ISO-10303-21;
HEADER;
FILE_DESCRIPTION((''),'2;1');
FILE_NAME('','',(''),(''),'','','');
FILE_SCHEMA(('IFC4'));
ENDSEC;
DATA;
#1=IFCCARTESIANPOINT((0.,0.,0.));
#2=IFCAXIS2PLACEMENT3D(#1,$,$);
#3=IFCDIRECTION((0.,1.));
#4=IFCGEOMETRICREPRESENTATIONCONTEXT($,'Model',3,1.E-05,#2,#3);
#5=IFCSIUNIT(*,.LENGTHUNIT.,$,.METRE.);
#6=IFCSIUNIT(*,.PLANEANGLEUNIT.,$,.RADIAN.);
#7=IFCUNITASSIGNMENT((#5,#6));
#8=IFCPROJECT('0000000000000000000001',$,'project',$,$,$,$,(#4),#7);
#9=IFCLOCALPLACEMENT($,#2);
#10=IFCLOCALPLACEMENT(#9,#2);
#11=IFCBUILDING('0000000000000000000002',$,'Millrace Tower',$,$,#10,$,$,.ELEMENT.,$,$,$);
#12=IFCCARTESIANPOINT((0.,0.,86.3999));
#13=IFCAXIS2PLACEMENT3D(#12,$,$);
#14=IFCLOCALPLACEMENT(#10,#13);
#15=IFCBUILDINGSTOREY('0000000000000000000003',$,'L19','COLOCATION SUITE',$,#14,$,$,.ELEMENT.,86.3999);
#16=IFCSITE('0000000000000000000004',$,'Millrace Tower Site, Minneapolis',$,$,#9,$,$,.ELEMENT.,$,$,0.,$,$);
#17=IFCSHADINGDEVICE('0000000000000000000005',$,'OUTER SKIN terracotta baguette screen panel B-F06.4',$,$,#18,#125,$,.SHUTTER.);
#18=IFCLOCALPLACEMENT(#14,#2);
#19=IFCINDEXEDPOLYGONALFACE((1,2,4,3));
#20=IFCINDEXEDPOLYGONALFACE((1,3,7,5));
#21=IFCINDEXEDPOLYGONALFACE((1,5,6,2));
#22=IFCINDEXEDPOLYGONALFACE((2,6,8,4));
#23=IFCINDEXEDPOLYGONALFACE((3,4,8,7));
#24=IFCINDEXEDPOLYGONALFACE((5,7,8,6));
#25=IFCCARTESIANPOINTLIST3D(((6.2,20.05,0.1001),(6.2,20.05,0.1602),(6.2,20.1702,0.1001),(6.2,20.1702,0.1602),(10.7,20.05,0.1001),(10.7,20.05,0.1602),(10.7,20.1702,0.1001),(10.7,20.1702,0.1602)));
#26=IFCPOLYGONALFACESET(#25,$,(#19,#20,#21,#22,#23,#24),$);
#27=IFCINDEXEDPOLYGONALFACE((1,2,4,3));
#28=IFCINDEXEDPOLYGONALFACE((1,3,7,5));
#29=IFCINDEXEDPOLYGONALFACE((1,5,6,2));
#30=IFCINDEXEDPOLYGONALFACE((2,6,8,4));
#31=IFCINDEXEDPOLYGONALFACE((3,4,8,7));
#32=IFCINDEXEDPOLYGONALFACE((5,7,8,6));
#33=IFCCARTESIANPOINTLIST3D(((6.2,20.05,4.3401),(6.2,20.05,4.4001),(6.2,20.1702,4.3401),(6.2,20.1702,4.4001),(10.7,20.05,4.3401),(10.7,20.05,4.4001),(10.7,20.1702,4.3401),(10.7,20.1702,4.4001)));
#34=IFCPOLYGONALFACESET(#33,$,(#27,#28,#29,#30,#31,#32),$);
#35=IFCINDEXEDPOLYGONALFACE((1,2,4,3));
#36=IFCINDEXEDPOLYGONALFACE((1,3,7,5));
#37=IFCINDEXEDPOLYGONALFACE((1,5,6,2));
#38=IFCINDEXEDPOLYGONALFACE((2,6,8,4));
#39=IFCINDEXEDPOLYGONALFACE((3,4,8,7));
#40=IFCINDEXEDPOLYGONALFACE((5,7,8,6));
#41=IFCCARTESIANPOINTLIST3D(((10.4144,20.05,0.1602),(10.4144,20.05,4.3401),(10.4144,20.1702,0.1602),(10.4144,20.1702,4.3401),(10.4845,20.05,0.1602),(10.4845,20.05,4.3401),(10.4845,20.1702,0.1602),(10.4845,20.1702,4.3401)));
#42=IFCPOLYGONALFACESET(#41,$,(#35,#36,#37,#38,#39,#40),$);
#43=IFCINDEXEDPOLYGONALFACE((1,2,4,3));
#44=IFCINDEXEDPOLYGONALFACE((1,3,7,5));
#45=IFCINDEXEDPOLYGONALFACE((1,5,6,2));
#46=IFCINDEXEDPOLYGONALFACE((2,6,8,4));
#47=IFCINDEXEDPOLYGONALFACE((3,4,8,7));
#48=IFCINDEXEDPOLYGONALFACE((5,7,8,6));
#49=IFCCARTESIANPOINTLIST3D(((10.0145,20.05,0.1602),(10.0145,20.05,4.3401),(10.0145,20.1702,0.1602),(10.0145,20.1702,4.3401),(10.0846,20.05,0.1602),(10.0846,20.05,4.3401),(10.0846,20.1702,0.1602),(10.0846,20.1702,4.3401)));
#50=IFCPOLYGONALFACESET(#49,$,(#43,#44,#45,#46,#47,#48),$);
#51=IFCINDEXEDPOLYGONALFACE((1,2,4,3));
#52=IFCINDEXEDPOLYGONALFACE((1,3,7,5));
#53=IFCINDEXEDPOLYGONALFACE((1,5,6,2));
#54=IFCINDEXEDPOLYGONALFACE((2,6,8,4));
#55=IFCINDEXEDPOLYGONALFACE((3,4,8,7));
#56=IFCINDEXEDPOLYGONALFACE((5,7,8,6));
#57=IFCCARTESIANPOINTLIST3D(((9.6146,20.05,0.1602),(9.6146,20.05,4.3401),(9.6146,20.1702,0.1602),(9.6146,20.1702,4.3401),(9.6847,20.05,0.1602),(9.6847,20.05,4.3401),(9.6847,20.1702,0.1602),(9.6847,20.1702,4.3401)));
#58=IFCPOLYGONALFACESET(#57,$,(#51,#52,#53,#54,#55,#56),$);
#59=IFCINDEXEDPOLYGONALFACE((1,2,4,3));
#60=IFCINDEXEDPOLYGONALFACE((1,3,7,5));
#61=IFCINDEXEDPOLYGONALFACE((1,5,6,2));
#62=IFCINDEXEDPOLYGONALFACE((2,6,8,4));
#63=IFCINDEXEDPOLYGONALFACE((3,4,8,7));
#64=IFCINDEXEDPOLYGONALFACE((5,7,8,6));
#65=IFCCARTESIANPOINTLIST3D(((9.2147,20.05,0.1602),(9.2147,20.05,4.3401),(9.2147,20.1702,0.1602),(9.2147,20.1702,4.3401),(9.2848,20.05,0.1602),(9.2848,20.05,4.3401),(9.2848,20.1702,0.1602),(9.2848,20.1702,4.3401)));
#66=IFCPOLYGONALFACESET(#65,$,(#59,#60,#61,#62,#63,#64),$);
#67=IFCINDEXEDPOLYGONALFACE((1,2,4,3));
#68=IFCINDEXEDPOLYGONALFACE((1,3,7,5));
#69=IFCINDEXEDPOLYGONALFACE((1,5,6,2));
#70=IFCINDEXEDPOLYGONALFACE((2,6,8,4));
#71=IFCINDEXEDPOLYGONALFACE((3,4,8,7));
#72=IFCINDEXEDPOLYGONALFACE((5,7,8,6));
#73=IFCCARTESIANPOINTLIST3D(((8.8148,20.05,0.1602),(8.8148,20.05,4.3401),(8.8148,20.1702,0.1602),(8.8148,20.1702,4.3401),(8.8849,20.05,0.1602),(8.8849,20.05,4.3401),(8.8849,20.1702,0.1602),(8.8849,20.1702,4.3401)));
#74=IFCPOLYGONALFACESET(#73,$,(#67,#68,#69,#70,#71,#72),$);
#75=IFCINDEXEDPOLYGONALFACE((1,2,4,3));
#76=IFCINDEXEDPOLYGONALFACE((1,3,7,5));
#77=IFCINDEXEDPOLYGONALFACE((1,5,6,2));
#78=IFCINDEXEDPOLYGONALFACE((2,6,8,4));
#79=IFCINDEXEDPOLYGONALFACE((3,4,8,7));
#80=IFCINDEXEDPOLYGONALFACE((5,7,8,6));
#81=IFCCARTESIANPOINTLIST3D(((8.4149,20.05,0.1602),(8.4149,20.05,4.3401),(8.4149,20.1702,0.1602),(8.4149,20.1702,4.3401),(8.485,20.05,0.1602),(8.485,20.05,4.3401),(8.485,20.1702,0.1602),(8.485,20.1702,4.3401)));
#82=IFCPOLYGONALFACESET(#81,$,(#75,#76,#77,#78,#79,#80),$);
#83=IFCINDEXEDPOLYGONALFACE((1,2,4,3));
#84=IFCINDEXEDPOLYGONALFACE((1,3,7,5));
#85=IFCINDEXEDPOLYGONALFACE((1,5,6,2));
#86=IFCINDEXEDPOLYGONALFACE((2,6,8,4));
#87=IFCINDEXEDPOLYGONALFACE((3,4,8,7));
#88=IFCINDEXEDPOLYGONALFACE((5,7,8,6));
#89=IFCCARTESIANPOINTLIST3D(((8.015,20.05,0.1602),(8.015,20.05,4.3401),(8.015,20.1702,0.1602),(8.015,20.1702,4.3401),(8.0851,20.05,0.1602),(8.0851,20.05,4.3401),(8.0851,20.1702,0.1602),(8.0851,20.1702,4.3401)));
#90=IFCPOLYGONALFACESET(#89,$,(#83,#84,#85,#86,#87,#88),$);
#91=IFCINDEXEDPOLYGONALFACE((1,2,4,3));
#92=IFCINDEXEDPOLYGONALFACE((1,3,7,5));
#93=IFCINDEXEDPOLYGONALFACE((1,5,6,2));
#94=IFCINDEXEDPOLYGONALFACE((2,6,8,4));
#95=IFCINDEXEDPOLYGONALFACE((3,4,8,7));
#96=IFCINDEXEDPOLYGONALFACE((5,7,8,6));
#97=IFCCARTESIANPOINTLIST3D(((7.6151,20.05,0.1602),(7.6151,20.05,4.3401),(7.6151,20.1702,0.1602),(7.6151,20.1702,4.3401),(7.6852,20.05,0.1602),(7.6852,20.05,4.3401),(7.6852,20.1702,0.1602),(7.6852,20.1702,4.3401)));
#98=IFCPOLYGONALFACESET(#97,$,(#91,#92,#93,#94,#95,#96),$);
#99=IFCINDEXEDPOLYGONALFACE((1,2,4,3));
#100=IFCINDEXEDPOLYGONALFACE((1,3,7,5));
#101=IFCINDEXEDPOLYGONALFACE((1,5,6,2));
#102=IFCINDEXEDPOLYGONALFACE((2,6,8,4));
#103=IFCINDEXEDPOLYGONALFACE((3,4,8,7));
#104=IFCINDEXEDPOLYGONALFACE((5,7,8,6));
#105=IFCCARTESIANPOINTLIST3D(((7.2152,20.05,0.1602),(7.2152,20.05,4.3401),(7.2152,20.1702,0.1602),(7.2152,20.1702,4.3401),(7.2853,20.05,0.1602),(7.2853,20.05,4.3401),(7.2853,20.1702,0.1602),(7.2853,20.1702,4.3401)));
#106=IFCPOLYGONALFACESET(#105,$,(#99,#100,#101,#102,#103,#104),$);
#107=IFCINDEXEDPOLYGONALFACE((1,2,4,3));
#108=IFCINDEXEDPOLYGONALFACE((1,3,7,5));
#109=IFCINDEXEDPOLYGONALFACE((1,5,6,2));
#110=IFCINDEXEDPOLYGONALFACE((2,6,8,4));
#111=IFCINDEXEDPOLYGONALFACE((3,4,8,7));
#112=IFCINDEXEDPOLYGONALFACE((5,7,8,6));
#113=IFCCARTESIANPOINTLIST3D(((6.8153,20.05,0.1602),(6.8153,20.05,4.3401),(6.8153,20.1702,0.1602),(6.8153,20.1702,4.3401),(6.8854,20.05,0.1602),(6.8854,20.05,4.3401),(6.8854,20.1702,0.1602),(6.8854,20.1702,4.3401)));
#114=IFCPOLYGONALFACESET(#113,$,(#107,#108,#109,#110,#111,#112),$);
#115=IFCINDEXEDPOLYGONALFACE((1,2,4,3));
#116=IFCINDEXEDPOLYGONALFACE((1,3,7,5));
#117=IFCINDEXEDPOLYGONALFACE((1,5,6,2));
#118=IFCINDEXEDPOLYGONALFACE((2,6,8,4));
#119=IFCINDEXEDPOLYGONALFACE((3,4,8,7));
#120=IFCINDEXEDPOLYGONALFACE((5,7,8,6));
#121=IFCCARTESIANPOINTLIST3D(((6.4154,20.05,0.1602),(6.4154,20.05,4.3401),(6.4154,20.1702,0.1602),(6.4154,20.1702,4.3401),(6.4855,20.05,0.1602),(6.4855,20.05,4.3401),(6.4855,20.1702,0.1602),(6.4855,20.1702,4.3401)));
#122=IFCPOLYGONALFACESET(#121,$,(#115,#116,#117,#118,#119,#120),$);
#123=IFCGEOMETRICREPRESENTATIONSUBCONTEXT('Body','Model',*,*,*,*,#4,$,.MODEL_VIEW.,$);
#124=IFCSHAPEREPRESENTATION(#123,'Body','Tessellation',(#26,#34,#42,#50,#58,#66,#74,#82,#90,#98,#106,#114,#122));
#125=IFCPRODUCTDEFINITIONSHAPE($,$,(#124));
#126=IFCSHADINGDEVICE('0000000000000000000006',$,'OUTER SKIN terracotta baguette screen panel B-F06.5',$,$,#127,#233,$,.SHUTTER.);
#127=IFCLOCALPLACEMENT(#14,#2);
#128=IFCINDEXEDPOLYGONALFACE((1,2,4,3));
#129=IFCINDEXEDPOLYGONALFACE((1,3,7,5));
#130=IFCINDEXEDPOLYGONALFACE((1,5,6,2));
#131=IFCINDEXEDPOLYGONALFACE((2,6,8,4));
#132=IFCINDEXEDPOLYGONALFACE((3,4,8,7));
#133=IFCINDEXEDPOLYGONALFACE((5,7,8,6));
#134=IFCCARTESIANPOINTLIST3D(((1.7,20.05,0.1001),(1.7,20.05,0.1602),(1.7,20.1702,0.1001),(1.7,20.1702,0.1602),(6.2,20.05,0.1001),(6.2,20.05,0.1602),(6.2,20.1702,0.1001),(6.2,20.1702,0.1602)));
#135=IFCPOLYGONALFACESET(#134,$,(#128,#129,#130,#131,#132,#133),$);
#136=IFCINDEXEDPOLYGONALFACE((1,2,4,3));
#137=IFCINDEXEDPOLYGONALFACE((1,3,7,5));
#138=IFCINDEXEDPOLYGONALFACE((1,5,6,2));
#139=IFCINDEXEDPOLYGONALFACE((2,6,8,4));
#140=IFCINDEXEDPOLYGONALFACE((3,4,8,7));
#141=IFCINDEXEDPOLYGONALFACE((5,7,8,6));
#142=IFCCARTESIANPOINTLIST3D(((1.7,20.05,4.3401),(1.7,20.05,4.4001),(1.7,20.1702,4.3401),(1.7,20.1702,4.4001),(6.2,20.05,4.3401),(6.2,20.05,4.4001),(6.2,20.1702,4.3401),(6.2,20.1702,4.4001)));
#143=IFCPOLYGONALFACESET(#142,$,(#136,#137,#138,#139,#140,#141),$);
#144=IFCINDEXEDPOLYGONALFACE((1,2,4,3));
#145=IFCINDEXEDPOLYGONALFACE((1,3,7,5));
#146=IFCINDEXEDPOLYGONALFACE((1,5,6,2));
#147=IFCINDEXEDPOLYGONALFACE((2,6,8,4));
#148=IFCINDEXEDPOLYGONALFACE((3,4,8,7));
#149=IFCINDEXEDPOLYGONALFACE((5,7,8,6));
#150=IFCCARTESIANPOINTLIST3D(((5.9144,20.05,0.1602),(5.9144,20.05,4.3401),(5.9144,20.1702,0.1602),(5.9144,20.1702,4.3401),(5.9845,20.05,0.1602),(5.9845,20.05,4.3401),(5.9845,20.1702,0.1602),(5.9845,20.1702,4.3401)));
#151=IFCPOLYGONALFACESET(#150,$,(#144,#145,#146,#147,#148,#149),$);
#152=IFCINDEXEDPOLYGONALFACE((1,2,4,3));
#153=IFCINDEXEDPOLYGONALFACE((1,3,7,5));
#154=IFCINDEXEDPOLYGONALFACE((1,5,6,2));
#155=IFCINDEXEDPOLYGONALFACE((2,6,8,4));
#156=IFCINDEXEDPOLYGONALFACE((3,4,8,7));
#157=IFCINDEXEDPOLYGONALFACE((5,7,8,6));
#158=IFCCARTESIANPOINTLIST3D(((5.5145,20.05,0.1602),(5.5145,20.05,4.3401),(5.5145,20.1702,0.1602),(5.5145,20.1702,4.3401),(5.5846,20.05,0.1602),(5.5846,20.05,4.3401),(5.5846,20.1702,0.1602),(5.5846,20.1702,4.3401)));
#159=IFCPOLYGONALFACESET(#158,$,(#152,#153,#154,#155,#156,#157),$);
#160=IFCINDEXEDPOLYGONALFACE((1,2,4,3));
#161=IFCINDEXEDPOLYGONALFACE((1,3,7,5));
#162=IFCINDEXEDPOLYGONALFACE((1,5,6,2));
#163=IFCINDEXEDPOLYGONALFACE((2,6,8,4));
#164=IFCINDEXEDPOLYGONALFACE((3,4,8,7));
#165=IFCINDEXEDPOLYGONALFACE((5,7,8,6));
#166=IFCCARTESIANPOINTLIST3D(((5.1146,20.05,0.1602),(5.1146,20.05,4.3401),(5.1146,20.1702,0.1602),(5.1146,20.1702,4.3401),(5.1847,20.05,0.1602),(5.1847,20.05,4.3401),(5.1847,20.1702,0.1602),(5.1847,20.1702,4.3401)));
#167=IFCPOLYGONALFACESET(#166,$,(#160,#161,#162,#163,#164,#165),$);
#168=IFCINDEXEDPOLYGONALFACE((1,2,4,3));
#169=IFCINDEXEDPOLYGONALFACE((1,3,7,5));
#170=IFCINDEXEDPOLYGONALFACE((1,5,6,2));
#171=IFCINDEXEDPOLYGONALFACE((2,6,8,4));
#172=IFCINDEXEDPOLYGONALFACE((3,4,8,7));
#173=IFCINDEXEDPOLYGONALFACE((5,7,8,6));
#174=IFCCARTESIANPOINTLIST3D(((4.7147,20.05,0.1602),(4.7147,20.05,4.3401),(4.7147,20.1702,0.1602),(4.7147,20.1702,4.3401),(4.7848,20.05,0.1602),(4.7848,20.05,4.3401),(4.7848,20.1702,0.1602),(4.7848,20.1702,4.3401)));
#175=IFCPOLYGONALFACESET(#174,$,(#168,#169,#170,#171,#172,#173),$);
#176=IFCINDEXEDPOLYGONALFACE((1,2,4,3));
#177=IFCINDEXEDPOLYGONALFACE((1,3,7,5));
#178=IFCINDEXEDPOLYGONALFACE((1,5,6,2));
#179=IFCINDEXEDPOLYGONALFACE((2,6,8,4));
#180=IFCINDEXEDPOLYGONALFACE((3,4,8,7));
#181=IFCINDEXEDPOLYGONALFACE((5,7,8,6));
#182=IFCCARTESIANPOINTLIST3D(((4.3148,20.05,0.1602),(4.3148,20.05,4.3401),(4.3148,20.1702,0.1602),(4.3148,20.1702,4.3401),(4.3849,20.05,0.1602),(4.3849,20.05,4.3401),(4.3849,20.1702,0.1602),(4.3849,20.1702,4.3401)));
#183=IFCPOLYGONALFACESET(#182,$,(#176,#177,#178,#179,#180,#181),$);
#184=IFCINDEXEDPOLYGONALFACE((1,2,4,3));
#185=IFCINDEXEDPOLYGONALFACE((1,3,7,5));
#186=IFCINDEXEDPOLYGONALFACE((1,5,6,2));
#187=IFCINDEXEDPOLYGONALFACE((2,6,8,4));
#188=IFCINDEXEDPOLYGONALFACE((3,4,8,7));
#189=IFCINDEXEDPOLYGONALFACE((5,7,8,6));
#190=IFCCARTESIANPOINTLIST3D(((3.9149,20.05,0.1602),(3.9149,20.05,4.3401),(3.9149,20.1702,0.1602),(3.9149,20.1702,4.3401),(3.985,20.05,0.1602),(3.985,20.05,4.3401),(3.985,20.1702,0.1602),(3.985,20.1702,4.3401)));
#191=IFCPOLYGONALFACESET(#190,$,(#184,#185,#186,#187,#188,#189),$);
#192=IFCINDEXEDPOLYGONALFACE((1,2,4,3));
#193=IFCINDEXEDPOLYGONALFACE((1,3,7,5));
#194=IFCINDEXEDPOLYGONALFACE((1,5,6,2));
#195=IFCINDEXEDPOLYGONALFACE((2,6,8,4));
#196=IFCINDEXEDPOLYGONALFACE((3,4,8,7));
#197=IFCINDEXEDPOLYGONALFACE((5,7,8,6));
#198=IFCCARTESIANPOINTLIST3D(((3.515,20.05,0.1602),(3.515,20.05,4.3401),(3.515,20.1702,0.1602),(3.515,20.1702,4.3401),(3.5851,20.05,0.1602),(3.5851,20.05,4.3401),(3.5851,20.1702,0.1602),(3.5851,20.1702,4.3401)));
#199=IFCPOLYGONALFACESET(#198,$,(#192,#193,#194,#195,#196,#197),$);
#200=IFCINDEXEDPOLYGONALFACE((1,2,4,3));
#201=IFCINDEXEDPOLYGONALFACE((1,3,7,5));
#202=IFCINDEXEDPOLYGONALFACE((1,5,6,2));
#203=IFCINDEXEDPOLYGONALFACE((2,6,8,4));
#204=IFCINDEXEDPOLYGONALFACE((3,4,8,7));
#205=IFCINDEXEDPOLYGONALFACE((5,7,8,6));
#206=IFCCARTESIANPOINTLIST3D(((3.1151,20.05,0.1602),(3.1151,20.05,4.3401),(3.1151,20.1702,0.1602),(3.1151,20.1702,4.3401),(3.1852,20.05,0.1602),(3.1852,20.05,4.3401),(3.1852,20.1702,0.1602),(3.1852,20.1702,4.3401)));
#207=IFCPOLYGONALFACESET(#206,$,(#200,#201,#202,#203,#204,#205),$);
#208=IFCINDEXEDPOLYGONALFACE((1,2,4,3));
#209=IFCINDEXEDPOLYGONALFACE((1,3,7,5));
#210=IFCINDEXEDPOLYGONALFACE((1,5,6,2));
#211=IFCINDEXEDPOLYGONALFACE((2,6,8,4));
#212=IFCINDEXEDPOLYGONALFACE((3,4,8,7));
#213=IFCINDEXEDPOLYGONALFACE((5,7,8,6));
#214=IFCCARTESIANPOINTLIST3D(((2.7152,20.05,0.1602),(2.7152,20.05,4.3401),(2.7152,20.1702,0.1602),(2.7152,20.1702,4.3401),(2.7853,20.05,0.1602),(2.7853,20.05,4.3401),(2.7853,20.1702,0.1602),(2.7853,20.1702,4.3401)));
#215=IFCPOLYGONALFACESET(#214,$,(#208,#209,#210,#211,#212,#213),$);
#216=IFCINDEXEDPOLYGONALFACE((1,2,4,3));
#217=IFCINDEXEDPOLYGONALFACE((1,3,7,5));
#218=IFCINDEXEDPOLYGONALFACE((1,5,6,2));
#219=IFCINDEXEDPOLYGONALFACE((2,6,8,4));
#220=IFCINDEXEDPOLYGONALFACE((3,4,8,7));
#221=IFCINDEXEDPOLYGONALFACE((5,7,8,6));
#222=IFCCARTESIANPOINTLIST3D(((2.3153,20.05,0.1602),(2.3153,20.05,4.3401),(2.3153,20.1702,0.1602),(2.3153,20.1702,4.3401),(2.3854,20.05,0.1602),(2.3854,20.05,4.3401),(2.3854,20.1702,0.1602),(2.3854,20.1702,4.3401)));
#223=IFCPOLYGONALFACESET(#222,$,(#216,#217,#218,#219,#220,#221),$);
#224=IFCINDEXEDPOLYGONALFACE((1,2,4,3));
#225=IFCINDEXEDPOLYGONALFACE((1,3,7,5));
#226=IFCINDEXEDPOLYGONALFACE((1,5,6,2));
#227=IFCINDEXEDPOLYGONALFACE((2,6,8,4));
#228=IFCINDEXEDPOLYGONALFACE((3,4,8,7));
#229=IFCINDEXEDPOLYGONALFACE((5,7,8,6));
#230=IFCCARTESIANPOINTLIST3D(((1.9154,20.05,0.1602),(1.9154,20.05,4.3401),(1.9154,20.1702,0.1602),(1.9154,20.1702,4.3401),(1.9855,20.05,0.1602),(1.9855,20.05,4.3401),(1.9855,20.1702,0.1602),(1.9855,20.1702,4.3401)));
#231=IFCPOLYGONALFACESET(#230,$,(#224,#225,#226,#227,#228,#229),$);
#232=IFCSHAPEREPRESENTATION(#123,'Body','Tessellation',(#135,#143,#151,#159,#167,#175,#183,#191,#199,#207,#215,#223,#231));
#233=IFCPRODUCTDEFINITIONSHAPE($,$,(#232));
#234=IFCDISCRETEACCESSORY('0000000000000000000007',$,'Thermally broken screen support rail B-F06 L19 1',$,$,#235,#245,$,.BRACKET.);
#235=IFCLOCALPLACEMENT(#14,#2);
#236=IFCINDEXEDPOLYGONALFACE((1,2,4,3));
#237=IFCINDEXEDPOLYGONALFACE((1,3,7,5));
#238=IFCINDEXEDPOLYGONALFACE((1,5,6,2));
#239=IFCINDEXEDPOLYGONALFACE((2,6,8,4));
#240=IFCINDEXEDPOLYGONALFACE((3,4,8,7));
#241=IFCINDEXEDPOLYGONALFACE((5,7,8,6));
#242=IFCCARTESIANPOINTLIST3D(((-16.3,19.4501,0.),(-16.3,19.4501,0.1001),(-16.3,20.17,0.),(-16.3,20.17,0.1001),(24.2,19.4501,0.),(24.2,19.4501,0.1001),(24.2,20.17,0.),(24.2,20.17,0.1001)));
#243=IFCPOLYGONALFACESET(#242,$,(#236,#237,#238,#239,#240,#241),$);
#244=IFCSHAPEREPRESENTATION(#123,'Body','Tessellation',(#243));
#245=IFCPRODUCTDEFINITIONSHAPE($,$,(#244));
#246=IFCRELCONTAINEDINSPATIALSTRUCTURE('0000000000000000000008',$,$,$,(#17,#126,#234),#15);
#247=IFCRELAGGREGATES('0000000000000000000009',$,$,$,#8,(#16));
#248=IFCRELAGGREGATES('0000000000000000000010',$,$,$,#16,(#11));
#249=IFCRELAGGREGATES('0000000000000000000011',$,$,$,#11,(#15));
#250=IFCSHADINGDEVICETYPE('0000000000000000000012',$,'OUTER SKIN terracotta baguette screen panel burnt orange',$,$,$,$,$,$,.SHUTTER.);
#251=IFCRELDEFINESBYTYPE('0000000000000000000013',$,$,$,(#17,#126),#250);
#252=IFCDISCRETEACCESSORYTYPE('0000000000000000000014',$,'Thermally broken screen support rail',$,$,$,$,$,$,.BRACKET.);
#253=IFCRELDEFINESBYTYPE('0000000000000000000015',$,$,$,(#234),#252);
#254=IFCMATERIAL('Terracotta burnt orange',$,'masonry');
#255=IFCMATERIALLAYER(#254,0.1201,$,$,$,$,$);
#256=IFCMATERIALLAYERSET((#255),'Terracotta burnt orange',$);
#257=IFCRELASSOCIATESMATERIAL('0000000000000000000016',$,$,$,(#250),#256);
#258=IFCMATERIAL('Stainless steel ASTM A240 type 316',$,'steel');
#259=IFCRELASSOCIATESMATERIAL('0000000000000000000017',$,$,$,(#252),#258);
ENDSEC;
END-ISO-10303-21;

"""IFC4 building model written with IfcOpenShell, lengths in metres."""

from ifc_helpers import new_model, entity, si_unit, direction, frame, frame_2d, origin, origin_2d, place, context, subcontext, project, spatial, rectangle, extrude, source, transform, mapped, material, layer, layer_set, type_object, element, save


model = new_model("IFC4")

# Units and contexts
model_context = context("Model", 3, precision=1e-05, world=origin(), true_north=direction((0.0, 1.0)))
body_context = subcontext(model_context, "Body", "Model", "MODEL_VIEW")
ifc_project = project(units=[si_unit("LENGTHUNIT", "METRE"), si_unit("PLANEANGLEUNIT", "RADIAN")], contexts=[model_context])

# Site, building, storey
site_placement = place(None, origin())
site = spatial("IfcSite", under=ifc_project, at=site_placement, Name="Millrace Tower Site, Minneapolis", CompositionType="ELEMENT", RefElevation=0.0)
building_placement = place(site_placement, origin())
building = spatial("IfcBuilding", under=site, at=building_placement, Name="Millrace Tower", CompositionType="ELEMENT")
storey_placement = place(building_placement, frame((0.0, 0.0, 86.3999)))
storey = spatial("IfcBuildingStorey", under=building, at=storey_placement, Name="L19", Description="COLOCATION SUITE", CompositionType="ELEMENT", Elevation=86.3999)

# Shading devices
ifc_material_1 = material(Name="Terracotta burnt orange", Category="masonry")
ifc_layer_1 = layer(ifc_material_1, 0.1201)
ifc_layer_set_1 = layer_set([ifc_layer_1], Name="Terracotta burnt orange")
shading_device_type = type_object("IfcShadingDeviceType", Name="OUTER SKIN terracotta baguette screen panel burnt orange", PredefinedType="SHUTTER", material=ifc_layer_set_1)
cartesian_point = entity("IfcCartesianPoint", [-2.25, 0.0601])
shared_polyline = entity("IfcPolyline", [cartesian_point, entity("IfcCartesianPoint", [2.25, 0.0601]), entity("IfcCartesianPoint", [2.25, -0.0601]), entity("IfcCartesianPoint", [-2.25, -0.0601]), cartesian_point])
shared_shape = source(origin(), body_context, "Body", "SweptSolid", [
    entity("IfcExtrudedAreaSolid", entity("IfcArbitraryClosedProfileDef", "AREA", None, shared_polyline), entity("IfcAxis2Placement3D", entity("IfcCartesianPoint", [0.0, 0.0, 0.0])), entity("IfcDirection", [0.0, 0.0, 1.0]), 0.0601),
    entity("IfcExtrudedAreaSolid", entity("IfcArbitraryClosedProfileDef", "AREA", None, shared_polyline), entity("IfcAxis2Placement3D", entity("IfcCartesianPoint", [0.0, 0.0, 4.24])), entity("IfcDirection", [0.0, 0.0, 1.0]), 0.0601),
    extrude(rectangle(XDim=0.0701, YDim=0.1201, at=frame_2d((-1.9995, 0.0))), frame((0.0, 0.0, 0.0601)), (0.0, 0.0, 1.0), 4.1799),
    extrude(rectangle(XDim=0.0701, YDim=0.1201, at=frame_2d((-1.5996, 0.0))), frame((0.0, 0.0, 0.0601)), (0.0, 0.0, 1.0), 4.1799),
    extrude(rectangle(XDim=0.0701, YDim=0.1201, at=frame_2d((-1.1997, 0.0))), frame((0.0, 0.0, 0.0601)), (0.0, 0.0, 1.0), 4.1799),
    extrude(rectangle(XDim=0.0701, YDim=0.1201, at=frame_2d((-0.7998, 0.0))), frame((0.0, 0.0, 0.0601)), (0.0, 0.0, 1.0), 4.1799),
    extrude(rectangle(XDim=0.0701, YDim=0.1201, at=frame_2d((-0.3999, 0.0))), frame((0.0, 0.0, 0.0601)), (0.0, 0.0, 1.0), 4.1799),
    extrude(rectangle(XDim=0.0701, YDim=0.1201, at=origin_2d()), frame((0.0, 0.0, 0.0601)), (0.0, 0.0, 1.0), 4.1799),
    extrude(rectangle(XDim=0.0701, YDim=0.1201, at=frame_2d((0.3999, 0.0))), frame((0.0, 0.0, 0.0601)), (0.0, 0.0, 1.0), 4.1799),
    extrude(rectangle(XDim=0.0701, YDim=0.1201, at=frame_2d((0.7998, 0.0))), frame((0.0, 0.0, 0.0601)), (0.0, 0.0, 1.0), 4.1799),
    extrude(rectangle(XDim=0.0701, YDim=0.1201, at=frame_2d((1.1997, 0.0))), frame((0.0, 0.0, 0.0601)), (0.0, 0.0, 1.0), 4.1799),
    extrude(rectangle(XDim=0.0701, YDim=0.1201, at=frame_2d((1.5996, 0.0))), frame((0.0, 0.0, 0.0601)), (0.0, 0.0, 1.0), 4.1799),
    extrude(rectangle(XDim=0.0701, YDim=0.1201, at=frame_2d((1.9995, 0.0))), frame((0.0, 0.0, 0.0601)), (0.0, 0.0, 1.0), 4.1799),
])
for number, where, z_axis, x_axis, name in (
    (1, (8.45, 20.1101, 0.1001), (0.0, 0.0, 1.0), (-1.0, 0.0, 0.0), "OUTER SKIN terracotta baguette screen panel B-F06.4"),
    (2, (3.95, 20.1101, 0.1001), (0.0, 0.0, 1.0), (-1.0, 0.0, 0.0), "OUTER SKIN terracotta baguette screen panel B-F06.5"),
):
    element("IfcShadingDevice", number, at=place(storey_placement, frame(where, z_axis=z_axis, x_axis=x_axis)), inside=storey, type_object=shading_device_type, Name=name, PredefinedType="SHUTTER", context=body_context, shape_type="MappedRepresentation", body=[
        mapped(shared_shape, transform((0.0, 0.0, 0.0), scale=1.0)),
    ])

# Discrete accessory
ifc_material_2 = material(Name="Stainless steel ASTM A240 type 316", Category="steel")
discrete_accessory_type = type_object("IfcDiscreteAccessoryType", Name="Thermally broken screen support rail", PredefinedType="BRACKET", material=ifc_material_2)
discrete_accessory_placement = place(storey_placement, frame((3.95, 19.8101, 0.0), z_axis=(0.0, 0.0, 1.0), x_axis=(-1.0, 0.0, 0.0)))
element("IfcDiscreteAccessory", 3, at=discrete_accessory_placement, inside=storey, type_object=discrete_accessory_type, Name="Thermally broken screen support rail B-F06 L19 1", PredefinedType="BRACKET", context=body_context, shape_type="SweptSolid", body=[
    extrude(rectangle(XDim=40.5, YDim=0.72, at=origin_2d()), origin(), (0.0, 0.0, 1.0), 0.1001),
])

save(model, "model.ifc")
